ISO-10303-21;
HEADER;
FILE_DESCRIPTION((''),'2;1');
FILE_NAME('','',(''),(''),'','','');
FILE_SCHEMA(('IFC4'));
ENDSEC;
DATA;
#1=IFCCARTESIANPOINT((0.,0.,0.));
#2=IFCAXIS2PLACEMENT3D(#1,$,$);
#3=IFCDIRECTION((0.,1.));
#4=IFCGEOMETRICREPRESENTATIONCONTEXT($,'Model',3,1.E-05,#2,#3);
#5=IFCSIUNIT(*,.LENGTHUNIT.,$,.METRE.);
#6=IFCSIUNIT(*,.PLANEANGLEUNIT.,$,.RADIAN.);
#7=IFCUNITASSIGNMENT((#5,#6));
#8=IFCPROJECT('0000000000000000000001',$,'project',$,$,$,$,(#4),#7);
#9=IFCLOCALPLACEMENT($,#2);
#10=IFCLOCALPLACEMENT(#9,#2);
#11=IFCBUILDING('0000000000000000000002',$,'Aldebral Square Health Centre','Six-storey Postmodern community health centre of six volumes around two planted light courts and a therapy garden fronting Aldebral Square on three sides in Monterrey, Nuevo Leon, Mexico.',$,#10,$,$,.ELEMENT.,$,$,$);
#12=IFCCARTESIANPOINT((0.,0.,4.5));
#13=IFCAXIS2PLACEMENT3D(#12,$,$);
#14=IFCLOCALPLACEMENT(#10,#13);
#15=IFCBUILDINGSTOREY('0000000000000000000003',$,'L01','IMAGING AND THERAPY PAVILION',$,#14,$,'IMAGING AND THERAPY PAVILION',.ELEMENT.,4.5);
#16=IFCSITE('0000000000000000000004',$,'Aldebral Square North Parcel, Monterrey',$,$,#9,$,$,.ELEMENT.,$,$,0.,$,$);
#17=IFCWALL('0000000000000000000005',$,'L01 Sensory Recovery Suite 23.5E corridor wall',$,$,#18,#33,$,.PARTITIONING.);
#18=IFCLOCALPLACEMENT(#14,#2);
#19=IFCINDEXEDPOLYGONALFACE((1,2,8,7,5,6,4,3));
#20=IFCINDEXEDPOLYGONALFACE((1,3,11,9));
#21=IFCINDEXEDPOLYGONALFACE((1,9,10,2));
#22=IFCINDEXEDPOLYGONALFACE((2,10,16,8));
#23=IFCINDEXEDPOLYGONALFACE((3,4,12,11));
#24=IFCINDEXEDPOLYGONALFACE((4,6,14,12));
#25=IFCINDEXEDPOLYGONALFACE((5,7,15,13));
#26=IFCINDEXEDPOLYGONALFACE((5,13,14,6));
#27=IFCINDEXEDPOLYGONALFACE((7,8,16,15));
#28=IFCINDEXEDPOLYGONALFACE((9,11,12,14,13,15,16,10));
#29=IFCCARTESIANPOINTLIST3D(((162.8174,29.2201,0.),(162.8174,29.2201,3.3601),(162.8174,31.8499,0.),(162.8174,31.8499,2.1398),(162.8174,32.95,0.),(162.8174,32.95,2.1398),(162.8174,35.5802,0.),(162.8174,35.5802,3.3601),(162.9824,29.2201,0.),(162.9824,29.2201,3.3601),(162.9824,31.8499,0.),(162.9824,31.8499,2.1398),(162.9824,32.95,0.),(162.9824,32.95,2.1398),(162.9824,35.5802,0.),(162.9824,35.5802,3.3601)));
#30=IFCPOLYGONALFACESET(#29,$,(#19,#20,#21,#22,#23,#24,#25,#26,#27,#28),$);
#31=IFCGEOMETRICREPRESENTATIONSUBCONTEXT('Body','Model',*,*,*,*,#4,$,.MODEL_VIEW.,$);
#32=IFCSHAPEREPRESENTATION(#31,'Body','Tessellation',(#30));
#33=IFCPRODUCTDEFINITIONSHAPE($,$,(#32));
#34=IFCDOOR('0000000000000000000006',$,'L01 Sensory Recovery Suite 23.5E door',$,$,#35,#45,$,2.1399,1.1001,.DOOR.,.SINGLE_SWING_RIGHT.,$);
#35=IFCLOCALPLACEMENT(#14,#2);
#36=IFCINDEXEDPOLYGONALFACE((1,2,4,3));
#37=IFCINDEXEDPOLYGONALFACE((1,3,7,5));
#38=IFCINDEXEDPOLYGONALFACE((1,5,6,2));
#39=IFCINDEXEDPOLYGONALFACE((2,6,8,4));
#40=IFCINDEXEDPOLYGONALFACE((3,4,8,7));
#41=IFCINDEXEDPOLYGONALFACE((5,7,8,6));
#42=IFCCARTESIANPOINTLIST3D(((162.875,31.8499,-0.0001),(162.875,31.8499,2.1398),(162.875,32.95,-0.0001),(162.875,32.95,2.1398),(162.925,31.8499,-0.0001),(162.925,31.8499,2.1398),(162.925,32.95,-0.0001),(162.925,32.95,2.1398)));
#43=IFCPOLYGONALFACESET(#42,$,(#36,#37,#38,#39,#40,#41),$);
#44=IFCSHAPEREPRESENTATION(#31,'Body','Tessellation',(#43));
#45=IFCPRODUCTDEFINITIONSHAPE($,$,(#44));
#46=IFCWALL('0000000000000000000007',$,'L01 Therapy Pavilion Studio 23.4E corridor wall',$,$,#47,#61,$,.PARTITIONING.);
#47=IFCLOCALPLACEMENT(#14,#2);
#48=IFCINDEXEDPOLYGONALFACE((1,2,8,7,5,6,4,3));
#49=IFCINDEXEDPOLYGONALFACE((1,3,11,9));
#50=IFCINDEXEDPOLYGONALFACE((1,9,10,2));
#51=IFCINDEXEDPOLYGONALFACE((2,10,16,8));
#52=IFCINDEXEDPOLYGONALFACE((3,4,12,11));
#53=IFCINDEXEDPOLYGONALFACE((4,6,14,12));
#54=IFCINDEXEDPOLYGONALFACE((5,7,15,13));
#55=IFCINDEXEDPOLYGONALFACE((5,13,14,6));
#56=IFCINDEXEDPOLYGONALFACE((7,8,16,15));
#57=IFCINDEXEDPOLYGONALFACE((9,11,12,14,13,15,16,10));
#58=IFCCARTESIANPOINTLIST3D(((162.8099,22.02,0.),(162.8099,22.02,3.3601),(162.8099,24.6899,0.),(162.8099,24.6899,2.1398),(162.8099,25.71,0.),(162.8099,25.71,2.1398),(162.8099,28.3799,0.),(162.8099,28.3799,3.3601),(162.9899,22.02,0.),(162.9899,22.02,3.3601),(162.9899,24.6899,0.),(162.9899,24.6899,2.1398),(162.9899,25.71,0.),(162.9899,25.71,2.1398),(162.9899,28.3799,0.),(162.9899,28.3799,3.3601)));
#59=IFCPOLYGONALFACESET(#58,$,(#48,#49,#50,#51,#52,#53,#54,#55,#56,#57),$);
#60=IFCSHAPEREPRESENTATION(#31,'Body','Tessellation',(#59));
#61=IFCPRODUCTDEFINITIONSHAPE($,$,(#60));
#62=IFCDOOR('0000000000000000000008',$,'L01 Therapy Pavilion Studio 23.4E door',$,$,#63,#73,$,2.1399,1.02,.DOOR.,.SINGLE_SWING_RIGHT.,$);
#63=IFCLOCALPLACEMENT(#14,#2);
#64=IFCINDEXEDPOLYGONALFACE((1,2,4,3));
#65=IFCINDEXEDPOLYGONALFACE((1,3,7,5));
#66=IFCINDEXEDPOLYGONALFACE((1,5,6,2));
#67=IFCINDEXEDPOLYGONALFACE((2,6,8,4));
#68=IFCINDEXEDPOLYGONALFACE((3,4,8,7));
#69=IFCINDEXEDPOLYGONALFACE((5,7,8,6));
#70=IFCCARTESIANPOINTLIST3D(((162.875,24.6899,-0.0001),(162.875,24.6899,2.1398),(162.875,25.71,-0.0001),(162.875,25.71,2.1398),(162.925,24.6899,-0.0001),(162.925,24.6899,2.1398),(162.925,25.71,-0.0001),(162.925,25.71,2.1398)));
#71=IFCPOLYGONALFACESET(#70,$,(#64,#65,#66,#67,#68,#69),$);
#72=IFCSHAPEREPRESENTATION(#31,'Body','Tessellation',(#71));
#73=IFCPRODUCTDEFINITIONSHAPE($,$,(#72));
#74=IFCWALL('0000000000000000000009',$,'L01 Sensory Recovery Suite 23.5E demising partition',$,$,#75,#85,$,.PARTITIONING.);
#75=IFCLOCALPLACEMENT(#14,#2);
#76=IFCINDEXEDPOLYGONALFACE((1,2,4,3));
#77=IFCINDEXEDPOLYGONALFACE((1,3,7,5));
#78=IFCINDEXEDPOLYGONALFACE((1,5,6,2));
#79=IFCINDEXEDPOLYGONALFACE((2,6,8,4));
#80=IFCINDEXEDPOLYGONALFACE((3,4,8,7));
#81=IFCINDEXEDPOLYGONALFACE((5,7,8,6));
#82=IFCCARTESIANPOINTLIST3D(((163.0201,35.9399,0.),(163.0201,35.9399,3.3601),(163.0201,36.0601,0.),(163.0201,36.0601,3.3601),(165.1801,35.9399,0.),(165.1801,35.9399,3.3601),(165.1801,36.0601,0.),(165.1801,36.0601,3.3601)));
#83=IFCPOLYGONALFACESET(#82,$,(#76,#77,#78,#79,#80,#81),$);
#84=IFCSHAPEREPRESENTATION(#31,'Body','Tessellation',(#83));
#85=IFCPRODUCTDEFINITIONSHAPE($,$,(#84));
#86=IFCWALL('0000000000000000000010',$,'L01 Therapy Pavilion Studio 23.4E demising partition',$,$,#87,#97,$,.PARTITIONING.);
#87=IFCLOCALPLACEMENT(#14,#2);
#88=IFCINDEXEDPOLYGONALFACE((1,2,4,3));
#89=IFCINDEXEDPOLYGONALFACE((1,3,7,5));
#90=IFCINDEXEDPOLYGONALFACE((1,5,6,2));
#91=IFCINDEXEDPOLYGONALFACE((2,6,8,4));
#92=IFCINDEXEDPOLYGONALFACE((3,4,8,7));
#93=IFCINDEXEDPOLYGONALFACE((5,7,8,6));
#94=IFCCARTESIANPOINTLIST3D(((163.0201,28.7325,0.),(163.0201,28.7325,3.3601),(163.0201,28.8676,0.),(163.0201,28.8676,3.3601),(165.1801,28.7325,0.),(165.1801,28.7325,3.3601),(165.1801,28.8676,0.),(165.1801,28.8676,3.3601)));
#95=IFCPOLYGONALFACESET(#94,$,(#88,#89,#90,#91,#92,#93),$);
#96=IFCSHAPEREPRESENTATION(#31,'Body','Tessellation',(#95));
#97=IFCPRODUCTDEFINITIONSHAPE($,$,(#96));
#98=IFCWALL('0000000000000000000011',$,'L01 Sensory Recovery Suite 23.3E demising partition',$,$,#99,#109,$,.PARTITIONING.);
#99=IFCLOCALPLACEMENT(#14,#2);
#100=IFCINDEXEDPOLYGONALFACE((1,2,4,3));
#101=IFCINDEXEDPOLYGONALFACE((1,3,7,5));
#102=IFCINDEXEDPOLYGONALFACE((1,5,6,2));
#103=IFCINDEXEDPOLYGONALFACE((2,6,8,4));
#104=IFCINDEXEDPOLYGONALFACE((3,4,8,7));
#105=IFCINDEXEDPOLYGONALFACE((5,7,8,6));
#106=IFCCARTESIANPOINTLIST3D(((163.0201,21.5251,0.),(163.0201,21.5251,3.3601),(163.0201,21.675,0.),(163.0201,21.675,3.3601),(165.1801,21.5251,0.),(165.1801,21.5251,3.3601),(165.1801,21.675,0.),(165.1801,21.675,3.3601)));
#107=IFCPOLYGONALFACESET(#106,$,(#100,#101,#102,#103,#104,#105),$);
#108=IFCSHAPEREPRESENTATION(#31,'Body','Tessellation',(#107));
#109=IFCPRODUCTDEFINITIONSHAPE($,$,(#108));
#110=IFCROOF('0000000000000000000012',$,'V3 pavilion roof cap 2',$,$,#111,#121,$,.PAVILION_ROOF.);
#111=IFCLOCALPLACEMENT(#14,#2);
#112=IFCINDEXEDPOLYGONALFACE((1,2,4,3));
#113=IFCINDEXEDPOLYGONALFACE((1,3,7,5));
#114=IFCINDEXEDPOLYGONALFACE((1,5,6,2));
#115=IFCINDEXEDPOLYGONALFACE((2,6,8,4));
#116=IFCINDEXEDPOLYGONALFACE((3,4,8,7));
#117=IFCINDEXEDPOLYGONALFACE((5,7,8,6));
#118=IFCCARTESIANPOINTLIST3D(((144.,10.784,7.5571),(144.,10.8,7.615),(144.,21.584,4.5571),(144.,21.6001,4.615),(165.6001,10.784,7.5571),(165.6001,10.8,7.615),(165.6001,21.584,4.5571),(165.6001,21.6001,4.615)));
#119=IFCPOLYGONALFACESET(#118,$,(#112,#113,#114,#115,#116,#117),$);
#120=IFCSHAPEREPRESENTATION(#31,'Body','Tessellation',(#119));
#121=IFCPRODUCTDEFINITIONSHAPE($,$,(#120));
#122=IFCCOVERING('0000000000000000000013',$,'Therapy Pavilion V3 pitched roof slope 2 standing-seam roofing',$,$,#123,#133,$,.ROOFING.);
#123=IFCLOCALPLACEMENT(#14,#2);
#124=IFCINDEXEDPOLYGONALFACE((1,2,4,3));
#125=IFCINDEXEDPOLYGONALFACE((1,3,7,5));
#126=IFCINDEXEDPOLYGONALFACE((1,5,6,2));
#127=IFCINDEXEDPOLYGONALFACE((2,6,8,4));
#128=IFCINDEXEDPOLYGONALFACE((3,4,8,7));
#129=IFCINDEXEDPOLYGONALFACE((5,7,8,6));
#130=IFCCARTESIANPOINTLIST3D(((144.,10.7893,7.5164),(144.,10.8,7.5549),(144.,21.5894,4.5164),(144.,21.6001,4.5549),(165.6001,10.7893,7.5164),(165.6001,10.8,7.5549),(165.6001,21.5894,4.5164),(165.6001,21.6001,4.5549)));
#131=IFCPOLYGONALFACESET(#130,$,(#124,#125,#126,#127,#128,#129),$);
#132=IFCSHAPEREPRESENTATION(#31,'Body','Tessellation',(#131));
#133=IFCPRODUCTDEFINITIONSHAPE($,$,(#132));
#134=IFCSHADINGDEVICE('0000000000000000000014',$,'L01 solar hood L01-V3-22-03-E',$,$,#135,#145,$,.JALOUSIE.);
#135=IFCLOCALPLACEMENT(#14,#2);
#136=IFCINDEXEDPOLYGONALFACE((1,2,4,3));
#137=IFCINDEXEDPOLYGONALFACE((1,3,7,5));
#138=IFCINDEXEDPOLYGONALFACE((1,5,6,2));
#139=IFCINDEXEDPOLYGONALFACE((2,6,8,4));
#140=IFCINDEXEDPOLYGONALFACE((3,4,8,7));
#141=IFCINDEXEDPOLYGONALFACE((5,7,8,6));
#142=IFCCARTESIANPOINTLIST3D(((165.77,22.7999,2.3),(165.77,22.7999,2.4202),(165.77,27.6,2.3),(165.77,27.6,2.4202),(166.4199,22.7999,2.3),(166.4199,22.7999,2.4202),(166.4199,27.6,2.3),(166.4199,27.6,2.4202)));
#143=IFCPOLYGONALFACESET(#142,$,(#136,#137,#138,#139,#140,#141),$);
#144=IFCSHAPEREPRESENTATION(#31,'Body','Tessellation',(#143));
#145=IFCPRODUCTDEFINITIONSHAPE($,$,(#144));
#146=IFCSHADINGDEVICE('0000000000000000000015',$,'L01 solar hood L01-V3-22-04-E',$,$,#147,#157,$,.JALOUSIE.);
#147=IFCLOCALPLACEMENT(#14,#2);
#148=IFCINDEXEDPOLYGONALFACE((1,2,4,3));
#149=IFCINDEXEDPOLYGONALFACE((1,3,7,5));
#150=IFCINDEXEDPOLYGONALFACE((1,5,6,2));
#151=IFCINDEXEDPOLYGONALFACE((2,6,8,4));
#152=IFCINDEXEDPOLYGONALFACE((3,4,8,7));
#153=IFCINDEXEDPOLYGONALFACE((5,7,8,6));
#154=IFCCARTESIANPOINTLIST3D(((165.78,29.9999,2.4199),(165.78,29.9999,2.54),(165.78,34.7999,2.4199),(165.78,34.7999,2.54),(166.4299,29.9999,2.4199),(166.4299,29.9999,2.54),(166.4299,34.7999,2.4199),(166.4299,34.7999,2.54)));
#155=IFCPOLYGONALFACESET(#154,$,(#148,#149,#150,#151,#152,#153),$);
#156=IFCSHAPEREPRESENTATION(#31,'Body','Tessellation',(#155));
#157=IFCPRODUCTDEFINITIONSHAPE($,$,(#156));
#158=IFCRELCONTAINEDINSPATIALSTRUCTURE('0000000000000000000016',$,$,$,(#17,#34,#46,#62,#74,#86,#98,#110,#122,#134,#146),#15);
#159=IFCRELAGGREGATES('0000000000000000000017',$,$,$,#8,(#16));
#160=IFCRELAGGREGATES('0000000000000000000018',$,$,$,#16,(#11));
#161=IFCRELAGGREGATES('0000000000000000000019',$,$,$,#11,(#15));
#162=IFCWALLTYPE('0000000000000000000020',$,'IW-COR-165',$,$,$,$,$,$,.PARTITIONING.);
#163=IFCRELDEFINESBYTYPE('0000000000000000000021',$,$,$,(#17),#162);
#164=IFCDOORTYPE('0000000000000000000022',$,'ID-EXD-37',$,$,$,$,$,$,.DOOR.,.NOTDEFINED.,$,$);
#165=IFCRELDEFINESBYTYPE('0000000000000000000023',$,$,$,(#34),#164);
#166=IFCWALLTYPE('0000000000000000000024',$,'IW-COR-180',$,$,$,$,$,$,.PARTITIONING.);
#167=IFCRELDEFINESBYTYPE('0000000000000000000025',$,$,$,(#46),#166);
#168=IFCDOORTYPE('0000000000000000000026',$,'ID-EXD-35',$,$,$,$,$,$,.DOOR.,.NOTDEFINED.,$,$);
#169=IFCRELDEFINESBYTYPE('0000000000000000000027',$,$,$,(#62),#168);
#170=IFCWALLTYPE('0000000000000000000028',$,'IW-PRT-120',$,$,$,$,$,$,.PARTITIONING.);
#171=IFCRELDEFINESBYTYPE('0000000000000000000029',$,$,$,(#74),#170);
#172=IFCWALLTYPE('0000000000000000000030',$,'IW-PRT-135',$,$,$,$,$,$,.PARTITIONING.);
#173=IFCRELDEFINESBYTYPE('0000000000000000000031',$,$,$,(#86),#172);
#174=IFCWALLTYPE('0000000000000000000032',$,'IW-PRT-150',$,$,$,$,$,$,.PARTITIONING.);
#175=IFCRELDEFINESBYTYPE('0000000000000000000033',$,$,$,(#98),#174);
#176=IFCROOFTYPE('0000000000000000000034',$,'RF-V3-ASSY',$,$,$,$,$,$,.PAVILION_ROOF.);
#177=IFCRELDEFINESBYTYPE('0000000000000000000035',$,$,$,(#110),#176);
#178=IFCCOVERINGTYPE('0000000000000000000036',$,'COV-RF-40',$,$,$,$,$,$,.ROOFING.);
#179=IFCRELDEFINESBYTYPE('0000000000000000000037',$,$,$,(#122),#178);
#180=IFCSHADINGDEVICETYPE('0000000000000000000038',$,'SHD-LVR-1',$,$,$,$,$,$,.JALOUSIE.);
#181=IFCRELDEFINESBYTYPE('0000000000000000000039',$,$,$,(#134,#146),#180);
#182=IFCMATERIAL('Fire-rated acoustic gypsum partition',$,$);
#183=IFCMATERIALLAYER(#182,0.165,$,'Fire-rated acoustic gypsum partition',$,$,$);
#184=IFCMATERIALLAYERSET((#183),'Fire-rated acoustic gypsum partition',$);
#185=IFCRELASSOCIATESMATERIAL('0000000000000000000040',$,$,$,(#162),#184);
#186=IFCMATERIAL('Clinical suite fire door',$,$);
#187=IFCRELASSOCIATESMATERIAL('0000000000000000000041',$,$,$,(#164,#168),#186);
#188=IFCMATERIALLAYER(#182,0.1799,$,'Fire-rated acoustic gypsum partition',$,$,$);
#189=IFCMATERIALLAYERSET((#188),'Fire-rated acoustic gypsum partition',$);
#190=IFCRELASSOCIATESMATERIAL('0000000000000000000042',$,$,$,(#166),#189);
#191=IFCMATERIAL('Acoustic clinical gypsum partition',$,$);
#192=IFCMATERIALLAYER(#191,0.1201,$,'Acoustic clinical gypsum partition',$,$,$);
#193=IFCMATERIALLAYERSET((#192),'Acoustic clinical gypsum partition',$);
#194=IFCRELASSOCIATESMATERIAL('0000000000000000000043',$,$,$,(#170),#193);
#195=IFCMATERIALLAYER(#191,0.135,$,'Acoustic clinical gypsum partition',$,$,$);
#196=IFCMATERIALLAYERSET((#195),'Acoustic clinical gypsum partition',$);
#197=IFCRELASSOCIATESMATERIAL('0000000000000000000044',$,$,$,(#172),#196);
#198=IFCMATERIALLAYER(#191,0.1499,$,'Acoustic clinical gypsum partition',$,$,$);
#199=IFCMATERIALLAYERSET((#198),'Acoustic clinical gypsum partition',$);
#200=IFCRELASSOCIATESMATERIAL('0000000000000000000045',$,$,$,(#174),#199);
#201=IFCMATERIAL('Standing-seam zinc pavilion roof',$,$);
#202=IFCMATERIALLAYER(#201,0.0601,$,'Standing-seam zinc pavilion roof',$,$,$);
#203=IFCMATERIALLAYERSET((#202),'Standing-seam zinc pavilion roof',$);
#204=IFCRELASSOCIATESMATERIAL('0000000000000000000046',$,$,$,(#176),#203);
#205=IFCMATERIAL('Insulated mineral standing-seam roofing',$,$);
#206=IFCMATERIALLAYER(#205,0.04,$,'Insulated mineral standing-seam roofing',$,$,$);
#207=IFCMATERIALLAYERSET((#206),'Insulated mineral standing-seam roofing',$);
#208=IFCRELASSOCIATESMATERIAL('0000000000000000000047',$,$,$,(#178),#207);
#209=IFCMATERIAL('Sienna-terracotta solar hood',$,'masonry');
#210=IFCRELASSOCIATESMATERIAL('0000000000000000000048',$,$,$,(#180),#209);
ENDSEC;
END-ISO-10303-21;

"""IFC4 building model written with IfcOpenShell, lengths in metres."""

from ifc_helpers import new_model, si_unit, direction, frame, frame_2d, origin, origin_2d, place, context, subcontext, project, spatial, polyline, rectangle, outline, extrude, material, layer, layer_set, type_object, element, fill, save


model = new_model("IFC4")

# Units and contexts
model_context = context("Model", 3, precision=1e-05, world=origin(), true_north=direction((0.0, 1.0)))
body_context = subcontext(model_context, "Body", "Model", "MODEL_VIEW")
ifc_project = project(units=[si_unit("LENGTHUNIT", "METRE"), si_unit("PLANEANGLEUNIT", "RADIAN")], contexts=[model_context])

# Site, building, storey
site_placement = place(None, origin())
site = spatial("IfcSite", under=ifc_project, at=site_placement, Name="Aldebral Square North Parcel, Monterrey", CompositionType="ELEMENT", RefElevation=0.0)
building_placement = place(site_placement, origin())
building = spatial("IfcBuilding", under=site, at=building_placement, Name="Aldebral Square Health Centre", Description="Six-storey Postmodern community health centre of six volumes around two planted light courts and a therapy garden fronting Aldebral Square on three sides in Monterrey, Nuevo Leon, Mexico.", CompositionType="ELEMENT")
storey_placement = place(building_placement, frame((0.0, 0.0, 4.5)))
storey = spatial("IfcBuildingStorey", under=building, at=storey_placement, Name="L01", Description="IMAGING AND THERAPY PAVILION", LongName="IMAGING AND THERAPY PAVILION", CompositionType="ELEMENT", Elevation=4.5)

# Walls, openings, doors
ifc_material_1 = material(Name="Fire-rated acoustic gypsum partition")
ifc_layer_1 = layer(ifc_material_1, 0.165, Name="Fire-rated acoustic gypsum partition")
ifc_layer_set_1 = layer_set([ifc_layer_1], Name="Fire-rated acoustic gypsum partition")
wall_type_1 = type_object("IfcWallType", Name="IW-COR-165", PredefinedType="PARTITIONING", material=ifc_layer_set_1)
ifc_material_2 = material(Name="Clinical suite fire door")
wall_1_placement = place(storey_placement, frame((162.8999, 29.22, 0.0), z_axis=(0.0, 0.0, 1.0), x_axis=(0.0, 1.0, 0.0)))
wall_1 = element("IfcWall", 1, at=wall_1_placement, inside=storey, type_object=wall_type_1, Name="L01 Sensory Recovery Suite 23.5E corridor wall", PredefinedType="PARTITIONING", context=body_context, shape_type="SweptSolid", body=[
    extrude(rectangle(XDim=6.3601, YDim=0.165, at=frame_2d((3.1802, 0.0))), origin(), (0.0, 0.0, 1.0), 3.3601),
])
opening_1_placement = place(wall_1_placement, frame((2.6299, 0.0, 0.0)))
opening_1 = element("IfcOpeningElement", 2, at=opening_1_placement, cuts=wall_1, PredefinedType="OPENING", context=body_context, shape_type="SweptSolid", body=[
    extrude(rectangle(XDim=1.1001, YDim=2.1399, at=frame_2d((0.55, 1.0698))), frame((0.0, 0.0925, 0.0), z_axis=(0.0, -1.0, 0.0), x_axis=(1.0, 0.0, 0.0)), (0.0, 0.0, 1.0), 0.1851),
])
door_type_1 = type_object("IfcDoorType", Name="ID-EXD-37", OperationType="NOTDEFINED", PredefinedType="DOOR", material=ifc_material_2)
door_1_placement = place(opening_1_placement, origin())
door_1 = element("IfcDoor", 3, at=door_1_placement, inside=storey, type_object=door_type_1, Name="L01 Sensory Recovery Suite 23.5E door", OperationType="SINGLE_SWING_RIGHT", OverallHeight=2.1399, OverallWidth=1.1001, PredefinedType="DOOR", context=body_context, shape_type="SweptSolid", body=[
    extrude(rectangle(XDim=1.1001, YDim=2.1399, at=frame_2d((0.55, 1.0698))), frame((0.0, 0.0249, 0.0), z_axis=(0.0, -1.0, 0.0), x_axis=(1.0, 0.0, 0.0)), (0.0, 0.0, 1.0), 0.05),
])
fill(opening_1, door_1)
ifc_layer_2 = layer(ifc_material_1, 0.1799, Name="Fire-rated acoustic gypsum partition")
ifc_layer_set_2 = layer_set([ifc_layer_2], Name="Fire-rated acoustic gypsum partition")
wall_type_2 = type_object("IfcWallType", Name="IW-COR-180", PredefinedType="PARTITIONING", material=ifc_layer_set_2)
wall_2_placement = place(storey_placement, frame((162.8999, 22.02, 0.0), z_axis=(0.0, 0.0, 1.0), x_axis=(0.0, 1.0, 0.0)))
wall_2 = element("IfcWall", 4, at=wall_2_placement, inside=storey, type_object=wall_type_2, Name="L01 Therapy Pavilion Studio 23.4E corridor wall", PredefinedType="PARTITIONING", context=body_context, shape_type="SweptSolid", body=[
    extrude(rectangle(XDim=6.3599, YDim=0.1799, at=frame_2d((3.1799, 0.0))), origin(), (0.0, 0.0, 1.0), 3.3601),
])
opening_2_placement = place(wall_2_placement, frame((2.6699, 0.0, 0.0)))
opening_2 = element("IfcOpeningElement", 5, at=opening_2_placement, cuts=wall_2, PredefinedType="OPENING", context=body_context, shape_type="SweptSolid", body=[
    extrude(rectangle(XDim=1.02, YDim=2.1399, at=frame_2d((0.51, 1.0698))), frame((0.0, 0.1001, 0.0), z_axis=(0.0, -1.0, 0.0), x_axis=(1.0, 0.0, 0.0)), (0.0, 0.0, 1.0), 0.2),
])
door_type_2 = type_object("IfcDoorType", Name="ID-EXD-35", OperationType="NOTDEFINED", PredefinedType="DOOR", material=ifc_material_2)
door_2_placement = place(opening_2_placement, origin())
door_2 = element("IfcDoor", 6, at=door_2_placement, inside=storey, type_object=door_type_2, Name="L01 Therapy Pavilion Studio 23.4E door", OperationType="SINGLE_SWING_RIGHT", OverallHeight=2.1399, OverallWidth=1.02, PredefinedType="DOOR", context=body_context, shape_type="SweptSolid", body=[
    extrude(rectangle(XDim=1.02, YDim=2.1399, at=frame_2d((0.51, 1.0698))), frame((0.0, 0.0249, 0.0), z_axis=(0.0, -1.0, 0.0), x_axis=(1.0, 0.0, 0.0)), (0.0, 0.0, 1.0), 0.05),
])
fill(opening_2, door_2)

# Walls
ifc_material_3 = material(Name="Acoustic clinical gypsum partition")
ifc_layer_3 = layer(ifc_material_3, 0.1201, Name="Acoustic clinical gypsum partition")
ifc_layer_set_3 = layer_set([ifc_layer_3], Name="Acoustic clinical gypsum partition")
wall_type_3 = type_object("IfcWallType", Name="IW-PRT-120", PredefinedType="PARTITIONING", material=ifc_layer_set_3)
wall_3_placement = place(storey_placement, frame((163.02, 36.0, 0.0), z_axis=(0.0, 0.0, 1.0), x_axis=(1.0, 0.0, 0.0)))
element("IfcWall", 7, at=wall_3_placement, inside=storey, type_object=wall_type_3, Name="L01 Sensory Recovery Suite 23.5E demising partition", PredefinedType="PARTITIONING", context=body_context, shape_type="SweptSolid", body=[
    extrude(rectangle(XDim=2.1599, YDim=0.1201, at=frame_2d((1.0801, 0.0))), origin(), (0.0, 0.0, 1.0), 3.3601),
])
ifc_layer_4 = layer(ifc_material_3, 0.135, Name="Acoustic clinical gypsum partition")
ifc_layer_set_4 = layer_set([ifc_layer_4], Name="Acoustic clinical gypsum partition")
wall_type_4 = type_object("IfcWallType", Name="IW-PRT-135", PredefinedType="PARTITIONING", material=ifc_layer_set_4)
wall_4_placement = place(storey_placement, frame((163.02, 28.8, 0.0), z_axis=(0.0, 0.0, 1.0), x_axis=(1.0, 0.0, 0.0)))
element("IfcWall", 8, at=wall_4_placement, inside=storey, type_object=wall_type_4, Name="L01 Therapy Pavilion Studio 23.4E demising partition", PredefinedType="PARTITIONING", context=body_context, shape_type="SweptSolid", body=[
    extrude(rectangle(XDim=2.1599, YDim=0.135, at=frame_2d((1.0801, 0.0))), origin(), (0.0, 0.0, 1.0), 3.3601),
])
ifc_layer_5 = layer(ifc_material_3, 0.1499, Name="Acoustic clinical gypsum partition")
ifc_layer_set_5 = layer_set([ifc_layer_5], Name="Acoustic clinical gypsum partition")
wall_type_5 = type_object("IfcWallType", Name="IW-PRT-150", PredefinedType="PARTITIONING", material=ifc_layer_set_5)
wall_5_placement = place(storey_placement, frame((163.02, 21.6001, 0.0), z_axis=(0.0, 0.0, 1.0), x_axis=(1.0, 0.0, 0.0)))
element("IfcWall", 9, at=wall_5_placement, inside=storey, type_object=wall_type_5, Name="L01 Sensory Recovery Suite 23.3E demising partition", PredefinedType="PARTITIONING", context=body_context, shape_type="SweptSolid", body=[
    extrude(rectangle(XDim=2.1599, YDim=0.1499, at=frame_2d((1.0801, 0.0))), origin(), (0.0, 0.0, 1.0), 3.3601),
])

# Roof
ifc_material_4 = material(Name="Standing-seam zinc pavilion roof")
ifc_layer_6 = layer(ifc_material_4, 0.0601, Name="Standing-seam zinc pavilion roof")
ifc_layer_set_6 = layer_set([ifc_layer_6], Name="Standing-seam zinc pavilion roof")
roof_type = type_object("IfcRoofType", Name="RF-V3-ASSY", PredefinedType="PAVILION_ROOF", material=ifc_layer_set_6)
roof_placement = place(storey_placement, frame((165.6001, 21.6001, 4.615), z_axis=(0.0, 0.267643, 0.963518), x_axis=(-1.0, 0.0, 0.0)))
element("IfcRoof", 10, at=roof_placement, inside=storey, type_object=roof_type, Name="V3 pavilion roof cap 2", PredefinedType="PAVILION_ROOF", context=body_context, shape_type="SweptSolid", body=[
    extrude(outline(polyline([(0.0, 0.0), (21.6001, 0.0), (21.6001, 11.209), (0.0, 11.209), (0.0, 0.0)])), origin(), (0.0, 0.0, -1.0), 0.0601),
])

# Covering
ifc_material_5 = material(Name="Insulated mineral standing-seam roofing")
ifc_layer_7 = layer(ifc_material_5, 0.04, Name="Insulated mineral standing-seam roofing")
ifc_layer_set_7 = layer_set([ifc_layer_7], Name="Insulated mineral standing-seam roofing")
covering_type = type_object("IfcCoveringType", Name="COV-RF-40", PredefinedType="ROOFING", material=ifc_layer_set_7)
covering_placement = place(storey_placement, frame((165.6001, 21.6001, 4.5549), z_axis=(0.0, 0.267643, 0.963518), x_axis=(-1.0, 0.0, 0.0)))
element("IfcCovering", 11, at=covering_placement, inside=storey, type_object=covering_type, Name="Therapy Pavilion V3 pitched roof slope 2 standing-seam roofing", PredefinedType="ROOFING", context=body_context, shape_type="SweptSolid", body=[
    extrude(outline(polyline([(0.0, 0.0), (21.6001, 0.0), (21.6001, 11.209), (0.0, 11.209), (0.0, 0.0)])), origin(), (0.0, 0.0, -1.0), 0.04),
])

# Shading devices
ifc_material_6 = material(Name="Sienna-terracotta solar hood", Category="masonry")
shading_device_type = type_object("IfcShadingDeviceType", Name="SHD-LVR-1", PredefinedType="JALOUSIE", material=ifc_material_6)
for number, where, z_axis, x_axis, name in (
    (12, (166.095, 25.2, 2.3), (0.0, 0.0, 1.0), (0.0, 1.0, 0.0), "L01 solar hood L01-V3-22-03-E"),
    (13, (166.105, 32.3999, 2.4199), (0.0, 0.0, 1.0), (0.0, 1.0, 0.0), "L01 solar hood L01-V3-22-04-E"),
):
    element("IfcShadingDevice", number, at=place(storey_placement, frame(where, z_axis=z_axis, x_axis=x_axis)), inside=storey, type_object=shading_device_type, Name=name, PredefinedType="JALOUSIE", context=body_context, shape_type="SweptSolid", body=[
        extrude(rectangle(XDim=4.8, YDim=0.6499, at=origin_2d()), origin(), (0.0, 0.0, 1.0), 0.1201),
    ])

save(model, "model.ifc")
